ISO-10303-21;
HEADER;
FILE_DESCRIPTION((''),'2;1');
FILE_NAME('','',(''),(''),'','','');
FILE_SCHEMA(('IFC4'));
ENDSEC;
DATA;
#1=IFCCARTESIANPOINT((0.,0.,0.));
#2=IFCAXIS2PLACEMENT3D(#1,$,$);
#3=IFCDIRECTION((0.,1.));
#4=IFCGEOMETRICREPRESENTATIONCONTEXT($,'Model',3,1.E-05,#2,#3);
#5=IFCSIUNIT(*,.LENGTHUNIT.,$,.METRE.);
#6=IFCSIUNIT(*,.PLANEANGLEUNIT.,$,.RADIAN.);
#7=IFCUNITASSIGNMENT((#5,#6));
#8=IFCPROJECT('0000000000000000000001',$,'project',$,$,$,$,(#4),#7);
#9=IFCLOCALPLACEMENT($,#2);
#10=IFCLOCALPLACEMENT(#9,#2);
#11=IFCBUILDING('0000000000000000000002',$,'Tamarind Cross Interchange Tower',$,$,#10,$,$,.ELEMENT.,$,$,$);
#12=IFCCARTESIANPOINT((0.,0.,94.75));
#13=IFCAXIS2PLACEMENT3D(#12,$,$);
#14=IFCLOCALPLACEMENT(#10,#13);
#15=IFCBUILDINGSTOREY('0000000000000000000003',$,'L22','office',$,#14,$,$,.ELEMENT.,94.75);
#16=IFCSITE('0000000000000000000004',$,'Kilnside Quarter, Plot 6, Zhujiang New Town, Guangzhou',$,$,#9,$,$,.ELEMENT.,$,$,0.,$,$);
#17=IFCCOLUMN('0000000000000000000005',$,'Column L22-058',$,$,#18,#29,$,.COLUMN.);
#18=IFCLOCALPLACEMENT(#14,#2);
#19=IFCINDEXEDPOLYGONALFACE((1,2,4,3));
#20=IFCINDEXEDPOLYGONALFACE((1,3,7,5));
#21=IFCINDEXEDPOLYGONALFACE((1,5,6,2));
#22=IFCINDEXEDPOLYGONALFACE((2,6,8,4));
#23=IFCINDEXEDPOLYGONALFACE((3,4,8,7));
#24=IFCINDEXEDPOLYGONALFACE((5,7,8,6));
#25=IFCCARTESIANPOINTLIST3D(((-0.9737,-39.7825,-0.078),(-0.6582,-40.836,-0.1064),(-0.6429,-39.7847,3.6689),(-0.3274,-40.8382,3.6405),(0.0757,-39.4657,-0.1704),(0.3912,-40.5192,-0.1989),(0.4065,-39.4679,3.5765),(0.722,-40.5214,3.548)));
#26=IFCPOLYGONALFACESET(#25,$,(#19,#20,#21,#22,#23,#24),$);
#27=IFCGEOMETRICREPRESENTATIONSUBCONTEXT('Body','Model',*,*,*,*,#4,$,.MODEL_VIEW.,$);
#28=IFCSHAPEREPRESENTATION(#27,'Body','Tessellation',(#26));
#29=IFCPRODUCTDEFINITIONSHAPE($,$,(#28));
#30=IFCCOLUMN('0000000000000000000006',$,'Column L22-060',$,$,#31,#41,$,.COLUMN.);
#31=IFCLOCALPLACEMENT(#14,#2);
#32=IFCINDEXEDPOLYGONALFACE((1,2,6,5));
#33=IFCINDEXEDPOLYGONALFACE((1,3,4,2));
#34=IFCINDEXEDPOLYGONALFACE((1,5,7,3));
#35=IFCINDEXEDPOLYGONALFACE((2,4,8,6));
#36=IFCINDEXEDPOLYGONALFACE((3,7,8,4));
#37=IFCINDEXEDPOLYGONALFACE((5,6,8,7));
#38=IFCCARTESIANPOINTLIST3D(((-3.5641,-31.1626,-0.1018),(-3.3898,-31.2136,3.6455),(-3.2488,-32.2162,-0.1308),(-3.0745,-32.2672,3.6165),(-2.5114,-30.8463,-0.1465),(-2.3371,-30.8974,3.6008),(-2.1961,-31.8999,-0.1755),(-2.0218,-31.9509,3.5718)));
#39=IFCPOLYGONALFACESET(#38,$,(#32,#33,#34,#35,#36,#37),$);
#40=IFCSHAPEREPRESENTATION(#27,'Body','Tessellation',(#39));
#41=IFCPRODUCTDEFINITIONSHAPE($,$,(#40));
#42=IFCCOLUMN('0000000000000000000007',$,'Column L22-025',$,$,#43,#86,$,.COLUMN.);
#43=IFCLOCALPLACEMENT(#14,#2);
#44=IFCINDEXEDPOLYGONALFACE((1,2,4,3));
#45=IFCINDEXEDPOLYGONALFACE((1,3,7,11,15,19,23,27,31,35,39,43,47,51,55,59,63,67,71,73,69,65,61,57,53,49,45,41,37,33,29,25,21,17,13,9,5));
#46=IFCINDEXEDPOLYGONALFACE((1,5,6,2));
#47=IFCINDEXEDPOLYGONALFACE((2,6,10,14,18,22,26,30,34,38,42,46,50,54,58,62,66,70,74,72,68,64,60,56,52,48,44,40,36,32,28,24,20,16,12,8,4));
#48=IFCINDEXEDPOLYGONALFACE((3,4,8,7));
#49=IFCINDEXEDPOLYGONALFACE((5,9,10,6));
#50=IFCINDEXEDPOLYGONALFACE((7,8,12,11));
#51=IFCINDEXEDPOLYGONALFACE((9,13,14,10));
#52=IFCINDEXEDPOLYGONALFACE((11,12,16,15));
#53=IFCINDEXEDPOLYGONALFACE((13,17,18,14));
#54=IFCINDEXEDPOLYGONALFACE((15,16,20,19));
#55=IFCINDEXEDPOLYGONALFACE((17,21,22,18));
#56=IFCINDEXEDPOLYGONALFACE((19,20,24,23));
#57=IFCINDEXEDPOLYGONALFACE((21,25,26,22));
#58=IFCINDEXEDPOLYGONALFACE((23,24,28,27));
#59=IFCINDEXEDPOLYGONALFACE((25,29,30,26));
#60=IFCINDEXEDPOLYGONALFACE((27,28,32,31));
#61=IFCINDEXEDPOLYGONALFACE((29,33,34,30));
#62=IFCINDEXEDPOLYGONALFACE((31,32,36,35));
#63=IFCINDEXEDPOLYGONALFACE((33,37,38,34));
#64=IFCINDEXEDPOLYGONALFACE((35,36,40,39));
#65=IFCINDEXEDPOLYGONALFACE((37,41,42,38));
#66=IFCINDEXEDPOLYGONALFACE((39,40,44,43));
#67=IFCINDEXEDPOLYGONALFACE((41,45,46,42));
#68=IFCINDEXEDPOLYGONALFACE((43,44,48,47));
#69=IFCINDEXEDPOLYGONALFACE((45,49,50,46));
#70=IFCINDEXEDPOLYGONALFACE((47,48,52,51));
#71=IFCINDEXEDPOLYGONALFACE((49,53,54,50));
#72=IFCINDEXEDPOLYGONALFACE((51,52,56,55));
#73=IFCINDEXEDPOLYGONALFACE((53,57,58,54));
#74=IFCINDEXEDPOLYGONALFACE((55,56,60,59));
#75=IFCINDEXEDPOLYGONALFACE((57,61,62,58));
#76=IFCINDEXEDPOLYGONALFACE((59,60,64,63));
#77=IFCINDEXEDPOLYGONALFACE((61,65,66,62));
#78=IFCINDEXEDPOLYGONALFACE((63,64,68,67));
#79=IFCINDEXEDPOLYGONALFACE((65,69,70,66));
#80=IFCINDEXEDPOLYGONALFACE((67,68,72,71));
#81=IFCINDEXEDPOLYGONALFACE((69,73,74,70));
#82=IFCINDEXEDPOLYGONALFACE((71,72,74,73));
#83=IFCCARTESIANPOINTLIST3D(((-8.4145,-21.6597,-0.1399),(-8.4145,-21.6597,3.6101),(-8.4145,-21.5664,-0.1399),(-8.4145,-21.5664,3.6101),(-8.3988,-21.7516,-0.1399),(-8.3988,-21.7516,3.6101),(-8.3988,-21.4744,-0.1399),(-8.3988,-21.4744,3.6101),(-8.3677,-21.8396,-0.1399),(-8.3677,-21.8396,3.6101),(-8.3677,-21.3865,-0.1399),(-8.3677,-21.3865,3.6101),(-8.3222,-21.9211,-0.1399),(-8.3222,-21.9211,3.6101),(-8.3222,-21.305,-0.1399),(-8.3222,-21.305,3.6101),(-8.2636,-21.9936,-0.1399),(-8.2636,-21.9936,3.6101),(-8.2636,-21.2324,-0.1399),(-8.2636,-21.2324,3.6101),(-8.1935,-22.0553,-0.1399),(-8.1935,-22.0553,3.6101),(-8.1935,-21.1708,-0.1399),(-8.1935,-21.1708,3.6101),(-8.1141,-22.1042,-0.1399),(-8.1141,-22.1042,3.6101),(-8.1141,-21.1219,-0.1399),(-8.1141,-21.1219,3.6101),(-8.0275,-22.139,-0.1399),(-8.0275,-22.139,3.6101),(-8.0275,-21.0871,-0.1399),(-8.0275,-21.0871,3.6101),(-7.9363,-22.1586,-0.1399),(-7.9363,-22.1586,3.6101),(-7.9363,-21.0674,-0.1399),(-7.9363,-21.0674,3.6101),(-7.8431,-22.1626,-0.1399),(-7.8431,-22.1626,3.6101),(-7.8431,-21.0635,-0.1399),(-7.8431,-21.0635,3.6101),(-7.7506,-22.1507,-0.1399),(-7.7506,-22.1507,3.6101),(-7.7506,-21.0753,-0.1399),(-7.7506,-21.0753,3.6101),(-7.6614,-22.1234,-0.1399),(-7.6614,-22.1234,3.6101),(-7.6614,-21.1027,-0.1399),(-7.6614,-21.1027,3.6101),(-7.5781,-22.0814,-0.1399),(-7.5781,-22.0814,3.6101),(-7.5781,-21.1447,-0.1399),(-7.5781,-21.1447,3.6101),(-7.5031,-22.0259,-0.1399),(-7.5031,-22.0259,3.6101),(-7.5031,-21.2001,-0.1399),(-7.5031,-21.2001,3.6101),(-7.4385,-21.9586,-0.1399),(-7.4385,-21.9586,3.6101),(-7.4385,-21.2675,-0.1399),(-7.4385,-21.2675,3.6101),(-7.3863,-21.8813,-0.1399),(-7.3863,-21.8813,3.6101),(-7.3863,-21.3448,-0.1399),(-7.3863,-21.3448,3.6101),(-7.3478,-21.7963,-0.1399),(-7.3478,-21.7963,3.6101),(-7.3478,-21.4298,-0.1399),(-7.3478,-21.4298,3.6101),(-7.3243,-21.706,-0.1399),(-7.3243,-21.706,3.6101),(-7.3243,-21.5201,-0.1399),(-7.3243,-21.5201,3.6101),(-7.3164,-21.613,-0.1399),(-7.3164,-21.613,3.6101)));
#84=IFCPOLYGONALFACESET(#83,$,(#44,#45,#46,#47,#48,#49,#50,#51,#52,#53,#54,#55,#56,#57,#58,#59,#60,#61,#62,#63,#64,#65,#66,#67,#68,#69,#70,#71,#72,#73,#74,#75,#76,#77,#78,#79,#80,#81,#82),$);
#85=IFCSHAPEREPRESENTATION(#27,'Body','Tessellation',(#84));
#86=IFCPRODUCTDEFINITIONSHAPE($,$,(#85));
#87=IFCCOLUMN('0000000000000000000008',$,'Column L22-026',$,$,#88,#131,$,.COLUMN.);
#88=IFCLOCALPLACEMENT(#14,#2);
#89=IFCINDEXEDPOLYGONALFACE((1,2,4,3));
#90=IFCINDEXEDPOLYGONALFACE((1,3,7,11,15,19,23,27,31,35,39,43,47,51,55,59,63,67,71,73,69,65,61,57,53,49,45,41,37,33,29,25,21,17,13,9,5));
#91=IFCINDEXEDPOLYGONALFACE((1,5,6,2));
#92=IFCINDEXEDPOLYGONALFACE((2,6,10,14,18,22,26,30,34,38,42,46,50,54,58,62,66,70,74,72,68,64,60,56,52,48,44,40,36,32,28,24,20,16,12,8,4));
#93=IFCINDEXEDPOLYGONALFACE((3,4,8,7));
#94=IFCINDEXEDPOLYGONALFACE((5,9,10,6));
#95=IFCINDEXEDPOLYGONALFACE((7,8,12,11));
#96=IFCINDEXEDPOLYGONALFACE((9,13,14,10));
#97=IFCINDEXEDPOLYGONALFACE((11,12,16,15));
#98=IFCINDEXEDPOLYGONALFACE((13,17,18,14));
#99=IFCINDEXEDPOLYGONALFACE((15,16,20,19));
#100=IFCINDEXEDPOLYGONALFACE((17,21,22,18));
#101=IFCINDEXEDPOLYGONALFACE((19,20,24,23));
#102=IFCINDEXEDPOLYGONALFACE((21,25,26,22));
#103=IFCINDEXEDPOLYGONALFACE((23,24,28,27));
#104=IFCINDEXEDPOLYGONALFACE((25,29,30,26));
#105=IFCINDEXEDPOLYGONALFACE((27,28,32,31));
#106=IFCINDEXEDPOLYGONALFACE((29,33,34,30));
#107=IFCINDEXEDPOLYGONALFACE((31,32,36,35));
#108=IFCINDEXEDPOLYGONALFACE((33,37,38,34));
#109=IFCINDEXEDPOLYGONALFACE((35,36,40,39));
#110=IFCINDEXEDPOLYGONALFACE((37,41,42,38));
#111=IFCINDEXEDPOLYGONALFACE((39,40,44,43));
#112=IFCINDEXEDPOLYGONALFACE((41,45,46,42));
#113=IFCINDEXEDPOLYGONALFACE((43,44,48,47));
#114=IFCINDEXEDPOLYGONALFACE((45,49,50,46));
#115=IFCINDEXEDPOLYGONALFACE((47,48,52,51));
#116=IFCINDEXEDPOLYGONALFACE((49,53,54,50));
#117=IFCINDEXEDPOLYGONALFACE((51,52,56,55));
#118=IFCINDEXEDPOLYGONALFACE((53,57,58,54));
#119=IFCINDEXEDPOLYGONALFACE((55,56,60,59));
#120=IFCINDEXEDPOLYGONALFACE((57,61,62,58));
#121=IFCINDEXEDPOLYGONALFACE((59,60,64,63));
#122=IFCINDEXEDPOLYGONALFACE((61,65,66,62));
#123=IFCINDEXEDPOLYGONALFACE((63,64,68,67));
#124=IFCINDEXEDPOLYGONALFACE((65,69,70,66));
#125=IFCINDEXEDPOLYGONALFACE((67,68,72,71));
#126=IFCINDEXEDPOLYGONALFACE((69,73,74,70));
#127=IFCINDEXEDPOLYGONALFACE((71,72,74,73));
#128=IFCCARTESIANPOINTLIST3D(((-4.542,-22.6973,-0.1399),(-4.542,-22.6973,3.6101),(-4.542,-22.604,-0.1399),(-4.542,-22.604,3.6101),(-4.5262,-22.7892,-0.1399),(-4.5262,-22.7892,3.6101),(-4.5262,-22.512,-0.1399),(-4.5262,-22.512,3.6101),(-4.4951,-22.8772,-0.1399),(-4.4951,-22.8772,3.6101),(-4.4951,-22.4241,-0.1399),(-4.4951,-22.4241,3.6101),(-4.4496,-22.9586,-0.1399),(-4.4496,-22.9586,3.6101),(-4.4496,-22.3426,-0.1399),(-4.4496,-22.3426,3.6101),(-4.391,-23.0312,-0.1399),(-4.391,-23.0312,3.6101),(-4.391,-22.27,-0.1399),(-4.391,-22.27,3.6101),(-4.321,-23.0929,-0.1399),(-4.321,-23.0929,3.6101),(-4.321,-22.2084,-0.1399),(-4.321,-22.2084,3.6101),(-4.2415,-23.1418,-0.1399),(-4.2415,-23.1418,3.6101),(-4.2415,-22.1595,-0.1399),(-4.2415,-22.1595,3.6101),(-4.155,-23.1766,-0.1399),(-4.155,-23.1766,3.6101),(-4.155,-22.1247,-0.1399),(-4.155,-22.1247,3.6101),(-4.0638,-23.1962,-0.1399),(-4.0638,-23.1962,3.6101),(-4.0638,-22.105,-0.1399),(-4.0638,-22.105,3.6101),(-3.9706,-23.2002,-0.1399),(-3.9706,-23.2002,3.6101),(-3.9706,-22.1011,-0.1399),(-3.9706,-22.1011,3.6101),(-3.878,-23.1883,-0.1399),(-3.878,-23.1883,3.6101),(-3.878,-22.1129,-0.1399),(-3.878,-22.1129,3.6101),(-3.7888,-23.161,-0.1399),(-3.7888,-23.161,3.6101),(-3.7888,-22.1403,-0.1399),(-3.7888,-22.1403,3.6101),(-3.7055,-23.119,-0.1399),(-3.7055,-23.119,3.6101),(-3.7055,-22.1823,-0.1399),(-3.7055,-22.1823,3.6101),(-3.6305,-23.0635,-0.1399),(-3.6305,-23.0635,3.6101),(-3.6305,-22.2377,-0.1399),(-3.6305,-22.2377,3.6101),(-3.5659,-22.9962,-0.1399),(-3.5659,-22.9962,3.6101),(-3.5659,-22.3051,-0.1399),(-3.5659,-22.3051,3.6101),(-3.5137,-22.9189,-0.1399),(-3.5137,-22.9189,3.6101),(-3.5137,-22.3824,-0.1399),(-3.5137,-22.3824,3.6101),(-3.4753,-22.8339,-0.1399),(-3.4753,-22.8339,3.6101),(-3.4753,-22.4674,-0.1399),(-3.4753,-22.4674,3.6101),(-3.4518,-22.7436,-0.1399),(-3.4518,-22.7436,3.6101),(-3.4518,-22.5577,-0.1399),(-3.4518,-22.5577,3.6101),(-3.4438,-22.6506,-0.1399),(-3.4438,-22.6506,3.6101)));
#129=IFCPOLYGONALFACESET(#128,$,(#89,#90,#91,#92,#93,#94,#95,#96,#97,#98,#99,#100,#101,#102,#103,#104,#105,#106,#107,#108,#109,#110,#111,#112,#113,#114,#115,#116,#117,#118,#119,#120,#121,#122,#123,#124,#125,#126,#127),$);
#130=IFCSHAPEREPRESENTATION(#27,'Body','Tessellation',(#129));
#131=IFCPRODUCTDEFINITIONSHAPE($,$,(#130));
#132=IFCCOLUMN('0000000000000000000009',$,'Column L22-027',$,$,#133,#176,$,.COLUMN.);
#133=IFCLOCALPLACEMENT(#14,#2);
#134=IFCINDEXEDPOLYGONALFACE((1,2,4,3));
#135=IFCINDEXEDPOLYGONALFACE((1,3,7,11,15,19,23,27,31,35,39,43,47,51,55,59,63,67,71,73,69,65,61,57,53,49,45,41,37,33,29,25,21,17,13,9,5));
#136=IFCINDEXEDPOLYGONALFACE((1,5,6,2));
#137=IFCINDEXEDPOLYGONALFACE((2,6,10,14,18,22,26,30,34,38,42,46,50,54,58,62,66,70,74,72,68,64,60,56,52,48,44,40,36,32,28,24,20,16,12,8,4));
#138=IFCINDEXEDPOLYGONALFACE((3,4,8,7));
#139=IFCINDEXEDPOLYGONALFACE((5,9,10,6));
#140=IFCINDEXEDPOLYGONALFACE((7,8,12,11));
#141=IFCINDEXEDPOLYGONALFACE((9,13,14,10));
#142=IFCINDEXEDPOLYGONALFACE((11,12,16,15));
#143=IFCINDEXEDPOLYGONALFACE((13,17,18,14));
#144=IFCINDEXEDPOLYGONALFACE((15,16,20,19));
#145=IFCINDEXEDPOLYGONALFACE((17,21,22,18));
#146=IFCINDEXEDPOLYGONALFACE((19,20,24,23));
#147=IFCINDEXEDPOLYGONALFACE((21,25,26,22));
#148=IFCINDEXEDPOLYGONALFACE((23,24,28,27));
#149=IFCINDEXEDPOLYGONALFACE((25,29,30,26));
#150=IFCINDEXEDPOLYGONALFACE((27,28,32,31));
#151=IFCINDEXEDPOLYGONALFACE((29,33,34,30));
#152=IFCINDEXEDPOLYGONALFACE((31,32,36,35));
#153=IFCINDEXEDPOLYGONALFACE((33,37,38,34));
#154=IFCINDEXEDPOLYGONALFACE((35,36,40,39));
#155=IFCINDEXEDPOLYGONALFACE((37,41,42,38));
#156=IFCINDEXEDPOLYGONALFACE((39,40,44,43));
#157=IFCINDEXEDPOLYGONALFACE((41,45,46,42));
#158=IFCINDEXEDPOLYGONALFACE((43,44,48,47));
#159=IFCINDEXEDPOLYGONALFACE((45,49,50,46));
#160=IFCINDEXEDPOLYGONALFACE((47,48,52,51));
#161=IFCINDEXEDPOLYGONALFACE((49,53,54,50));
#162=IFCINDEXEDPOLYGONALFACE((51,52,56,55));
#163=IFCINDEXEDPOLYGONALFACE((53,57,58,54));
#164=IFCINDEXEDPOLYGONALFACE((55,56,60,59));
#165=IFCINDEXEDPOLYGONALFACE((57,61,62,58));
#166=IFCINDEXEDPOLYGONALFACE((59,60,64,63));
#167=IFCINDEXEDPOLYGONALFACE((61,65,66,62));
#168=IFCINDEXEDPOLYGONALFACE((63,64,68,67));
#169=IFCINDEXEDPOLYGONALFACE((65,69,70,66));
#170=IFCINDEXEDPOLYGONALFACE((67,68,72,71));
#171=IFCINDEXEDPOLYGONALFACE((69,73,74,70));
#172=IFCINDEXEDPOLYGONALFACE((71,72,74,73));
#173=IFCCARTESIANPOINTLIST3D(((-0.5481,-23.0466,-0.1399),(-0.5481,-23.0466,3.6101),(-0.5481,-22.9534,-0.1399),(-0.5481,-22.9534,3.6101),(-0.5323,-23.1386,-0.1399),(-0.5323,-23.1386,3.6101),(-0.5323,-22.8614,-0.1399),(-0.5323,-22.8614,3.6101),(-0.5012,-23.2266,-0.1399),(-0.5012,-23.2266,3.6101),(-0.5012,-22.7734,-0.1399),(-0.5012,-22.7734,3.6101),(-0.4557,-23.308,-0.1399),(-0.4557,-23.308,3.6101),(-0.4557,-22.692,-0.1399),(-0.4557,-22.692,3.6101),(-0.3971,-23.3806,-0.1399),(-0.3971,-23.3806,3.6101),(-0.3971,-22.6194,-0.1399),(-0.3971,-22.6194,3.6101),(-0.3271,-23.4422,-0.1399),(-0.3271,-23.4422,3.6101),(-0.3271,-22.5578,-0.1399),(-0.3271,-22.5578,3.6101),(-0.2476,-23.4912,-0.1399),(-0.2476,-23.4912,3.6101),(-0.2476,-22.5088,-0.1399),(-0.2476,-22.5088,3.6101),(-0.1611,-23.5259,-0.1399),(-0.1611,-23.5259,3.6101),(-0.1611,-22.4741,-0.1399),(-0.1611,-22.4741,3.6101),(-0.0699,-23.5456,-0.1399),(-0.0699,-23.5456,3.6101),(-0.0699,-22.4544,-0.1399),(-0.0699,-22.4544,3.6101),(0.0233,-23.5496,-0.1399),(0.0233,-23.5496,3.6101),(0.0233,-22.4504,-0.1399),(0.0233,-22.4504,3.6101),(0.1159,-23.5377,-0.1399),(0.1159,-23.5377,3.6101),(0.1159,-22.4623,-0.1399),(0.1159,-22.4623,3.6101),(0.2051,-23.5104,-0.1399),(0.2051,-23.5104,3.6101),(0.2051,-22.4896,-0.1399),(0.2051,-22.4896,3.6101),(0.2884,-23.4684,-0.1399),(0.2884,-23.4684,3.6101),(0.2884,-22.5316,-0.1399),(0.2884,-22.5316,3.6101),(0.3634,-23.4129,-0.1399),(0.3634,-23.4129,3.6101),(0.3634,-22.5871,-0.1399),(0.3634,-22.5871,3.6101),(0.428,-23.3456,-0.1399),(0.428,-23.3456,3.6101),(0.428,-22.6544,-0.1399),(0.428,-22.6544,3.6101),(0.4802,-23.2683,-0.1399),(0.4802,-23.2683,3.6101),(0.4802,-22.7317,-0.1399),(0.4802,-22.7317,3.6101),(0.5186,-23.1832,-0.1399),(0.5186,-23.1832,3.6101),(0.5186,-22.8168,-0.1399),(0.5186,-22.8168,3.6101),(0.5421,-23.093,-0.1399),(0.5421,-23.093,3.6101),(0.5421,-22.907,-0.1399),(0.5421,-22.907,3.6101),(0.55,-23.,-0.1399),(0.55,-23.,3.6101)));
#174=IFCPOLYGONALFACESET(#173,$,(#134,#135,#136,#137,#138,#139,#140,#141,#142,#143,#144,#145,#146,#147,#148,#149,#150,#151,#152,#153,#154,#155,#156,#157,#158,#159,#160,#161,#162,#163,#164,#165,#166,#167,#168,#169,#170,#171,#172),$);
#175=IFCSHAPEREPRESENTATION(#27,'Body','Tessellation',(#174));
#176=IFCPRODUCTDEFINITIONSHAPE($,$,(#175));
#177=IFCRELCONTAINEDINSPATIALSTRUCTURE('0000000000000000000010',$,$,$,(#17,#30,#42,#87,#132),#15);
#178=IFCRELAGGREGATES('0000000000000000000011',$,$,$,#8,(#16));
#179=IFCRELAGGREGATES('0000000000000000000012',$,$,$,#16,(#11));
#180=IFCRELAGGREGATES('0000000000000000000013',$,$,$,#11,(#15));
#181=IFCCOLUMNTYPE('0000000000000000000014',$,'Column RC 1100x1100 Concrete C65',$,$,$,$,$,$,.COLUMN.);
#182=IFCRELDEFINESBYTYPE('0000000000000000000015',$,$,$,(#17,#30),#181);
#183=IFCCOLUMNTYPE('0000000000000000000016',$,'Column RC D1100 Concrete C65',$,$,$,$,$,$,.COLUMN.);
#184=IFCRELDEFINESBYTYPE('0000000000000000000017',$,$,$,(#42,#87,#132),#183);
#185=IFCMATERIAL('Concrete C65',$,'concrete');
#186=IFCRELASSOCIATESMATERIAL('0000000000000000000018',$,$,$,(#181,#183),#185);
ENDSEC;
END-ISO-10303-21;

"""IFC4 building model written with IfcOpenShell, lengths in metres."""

from ifc_helpers import new_model, si_unit, direction, frame, origin, origin_2d, place, context, subcontext, project, spatial, rectangle, circle, extrude, material, material_profile, profile_set, type_object, element, save


model = new_model("IFC4")

# Units and contexts
model_context = context("Model", 3, precision=1e-05, world=origin(), true_north=direction((0.0, 1.0)))
body_context = subcontext(model_context, "Body", "Model", "MODEL_VIEW")
ifc_project = project(units=[si_unit("LENGTHUNIT", "METRE"), si_unit("PLANEANGLEUNIT", "RADIAN")], contexts=[model_context])

# Site, building, storey
site_placement = place(None, origin())
site = spatial("IfcSite", under=ifc_project, at=site_placement, Name="Kilnside Quarter, Plot 6, Zhujiang New Town, Guangzhou", CompositionType="ELEMENT", RefElevation=0.0)
building_placement = place(site_placement, origin())
building = spatial("IfcBuilding", under=site, at=building_placement, Name="Tamarind Cross Interchange Tower", CompositionType="ELEMENT")
storey_placement = place(building_placement, frame((0.0, 0.0, 94.75)))
storey = spatial("IfcBuildingStorey", under=building, at=storey_placement, Name="L22", Description="office", CompositionType="ELEMENT", Elevation=94.75)

# Columns
ifc_material_1 = material(Name="Concrete C65", Category="concrete")
ifc_material_profile_1 = material_profile(ifc_material_1, rectangle(XDim=1.1001, YDim=1.1001, at=origin_2d()), Name="RC 1100x1100")
ifc_profile_set_1 = profile_set([ifc_material_profile_1], Name="Concrete C65")
column_type_1 = type_object("IfcColumnType", Name="Column RC 1100x1100 Concrete C65", PredefinedType="COLUMN", material=ifc_profile_set_1)
column_1_placement = place(storey_placement, frame((-0.2913, -40.1509, -0.1384), z_axis=(0.087949, -0.000584, 0.996125), x_axis=(-0.28678, 0.957647, 0.025882)))
element("IfcColumn", 1, at=column_1_placement, inside=storey, type_object=column_type_1, Name="Column L22-058", PredefinedType="COLUMN", context=body_context, shape_type="SweptSolid", body=[
    extrude(rectangle(XDim=1.1001, YDim=1.1001, at=origin_2d()), origin(), (0.0, 0.0, 1.0), 3.7615),
])
column_2_placement = place(storey_placement, frame((-2.8801, -31.5312, -0.1387), z_axis=(0.046463, -0.013601, 0.998827), x_axis=(-0.286621, 0.957681, 0.026373)))
element("IfcColumn", 2, at=column_2_placement, inside=storey, type_object=column_type_1, Name="Column L22-060", PredefinedType="COLUMN", context=body_context, shape_type="SweptSolid", body=[
    extrude(rectangle(XDim=1.1001, YDim=1.1001, at=origin_2d()), origin(), (0.0, 0.0, 1.0), 3.7517),
])
ifc_material_profile_2 = material_profile(ifc_material_1, circle(Radius=0.55, at=origin_2d()), Name="RC D1100")
ifc_profile_set_2 = profile_set([ifc_material_profile_2], Name="Concrete C65")
column_type_2 = type_object("IfcColumnType", Name="Column RC D1100 Concrete C65", PredefinedType="COLUMN", material=ifc_profile_set_2)
for number, where, z_axis, x_axis, name in (
    (3, (-7.8665, -21.613, -0.1399), (0.0, 0.0, 1.0), (1.0, 0.0, 0.0), "Column L22-025"),
    (4, (-3.9939, -22.6506, -0.1399), (0.0, 0.0, 1.0), (1.0, 0.0, 0.0), "Column L22-026"),
    (5, (0.0, -23.0, -0.1399), (0.0, 0.0, 1.0), (1.0, 0.0, 0.0), "Column L22-027"),
):
    element("IfcColumn", number, at=place(storey_placement, frame(where, z_axis=z_axis, x_axis=x_axis)), inside=storey, type_object=column_type_2, Name=name, PredefinedType="COLUMN", context=body_context, shape_type="SweptSolid", body=[
        extrude(circle(Radius=0.55, at=origin_2d()), origin(), (0.0, 0.0, 1.0), 3.75),
    ])

save(model, "model.ifc")
